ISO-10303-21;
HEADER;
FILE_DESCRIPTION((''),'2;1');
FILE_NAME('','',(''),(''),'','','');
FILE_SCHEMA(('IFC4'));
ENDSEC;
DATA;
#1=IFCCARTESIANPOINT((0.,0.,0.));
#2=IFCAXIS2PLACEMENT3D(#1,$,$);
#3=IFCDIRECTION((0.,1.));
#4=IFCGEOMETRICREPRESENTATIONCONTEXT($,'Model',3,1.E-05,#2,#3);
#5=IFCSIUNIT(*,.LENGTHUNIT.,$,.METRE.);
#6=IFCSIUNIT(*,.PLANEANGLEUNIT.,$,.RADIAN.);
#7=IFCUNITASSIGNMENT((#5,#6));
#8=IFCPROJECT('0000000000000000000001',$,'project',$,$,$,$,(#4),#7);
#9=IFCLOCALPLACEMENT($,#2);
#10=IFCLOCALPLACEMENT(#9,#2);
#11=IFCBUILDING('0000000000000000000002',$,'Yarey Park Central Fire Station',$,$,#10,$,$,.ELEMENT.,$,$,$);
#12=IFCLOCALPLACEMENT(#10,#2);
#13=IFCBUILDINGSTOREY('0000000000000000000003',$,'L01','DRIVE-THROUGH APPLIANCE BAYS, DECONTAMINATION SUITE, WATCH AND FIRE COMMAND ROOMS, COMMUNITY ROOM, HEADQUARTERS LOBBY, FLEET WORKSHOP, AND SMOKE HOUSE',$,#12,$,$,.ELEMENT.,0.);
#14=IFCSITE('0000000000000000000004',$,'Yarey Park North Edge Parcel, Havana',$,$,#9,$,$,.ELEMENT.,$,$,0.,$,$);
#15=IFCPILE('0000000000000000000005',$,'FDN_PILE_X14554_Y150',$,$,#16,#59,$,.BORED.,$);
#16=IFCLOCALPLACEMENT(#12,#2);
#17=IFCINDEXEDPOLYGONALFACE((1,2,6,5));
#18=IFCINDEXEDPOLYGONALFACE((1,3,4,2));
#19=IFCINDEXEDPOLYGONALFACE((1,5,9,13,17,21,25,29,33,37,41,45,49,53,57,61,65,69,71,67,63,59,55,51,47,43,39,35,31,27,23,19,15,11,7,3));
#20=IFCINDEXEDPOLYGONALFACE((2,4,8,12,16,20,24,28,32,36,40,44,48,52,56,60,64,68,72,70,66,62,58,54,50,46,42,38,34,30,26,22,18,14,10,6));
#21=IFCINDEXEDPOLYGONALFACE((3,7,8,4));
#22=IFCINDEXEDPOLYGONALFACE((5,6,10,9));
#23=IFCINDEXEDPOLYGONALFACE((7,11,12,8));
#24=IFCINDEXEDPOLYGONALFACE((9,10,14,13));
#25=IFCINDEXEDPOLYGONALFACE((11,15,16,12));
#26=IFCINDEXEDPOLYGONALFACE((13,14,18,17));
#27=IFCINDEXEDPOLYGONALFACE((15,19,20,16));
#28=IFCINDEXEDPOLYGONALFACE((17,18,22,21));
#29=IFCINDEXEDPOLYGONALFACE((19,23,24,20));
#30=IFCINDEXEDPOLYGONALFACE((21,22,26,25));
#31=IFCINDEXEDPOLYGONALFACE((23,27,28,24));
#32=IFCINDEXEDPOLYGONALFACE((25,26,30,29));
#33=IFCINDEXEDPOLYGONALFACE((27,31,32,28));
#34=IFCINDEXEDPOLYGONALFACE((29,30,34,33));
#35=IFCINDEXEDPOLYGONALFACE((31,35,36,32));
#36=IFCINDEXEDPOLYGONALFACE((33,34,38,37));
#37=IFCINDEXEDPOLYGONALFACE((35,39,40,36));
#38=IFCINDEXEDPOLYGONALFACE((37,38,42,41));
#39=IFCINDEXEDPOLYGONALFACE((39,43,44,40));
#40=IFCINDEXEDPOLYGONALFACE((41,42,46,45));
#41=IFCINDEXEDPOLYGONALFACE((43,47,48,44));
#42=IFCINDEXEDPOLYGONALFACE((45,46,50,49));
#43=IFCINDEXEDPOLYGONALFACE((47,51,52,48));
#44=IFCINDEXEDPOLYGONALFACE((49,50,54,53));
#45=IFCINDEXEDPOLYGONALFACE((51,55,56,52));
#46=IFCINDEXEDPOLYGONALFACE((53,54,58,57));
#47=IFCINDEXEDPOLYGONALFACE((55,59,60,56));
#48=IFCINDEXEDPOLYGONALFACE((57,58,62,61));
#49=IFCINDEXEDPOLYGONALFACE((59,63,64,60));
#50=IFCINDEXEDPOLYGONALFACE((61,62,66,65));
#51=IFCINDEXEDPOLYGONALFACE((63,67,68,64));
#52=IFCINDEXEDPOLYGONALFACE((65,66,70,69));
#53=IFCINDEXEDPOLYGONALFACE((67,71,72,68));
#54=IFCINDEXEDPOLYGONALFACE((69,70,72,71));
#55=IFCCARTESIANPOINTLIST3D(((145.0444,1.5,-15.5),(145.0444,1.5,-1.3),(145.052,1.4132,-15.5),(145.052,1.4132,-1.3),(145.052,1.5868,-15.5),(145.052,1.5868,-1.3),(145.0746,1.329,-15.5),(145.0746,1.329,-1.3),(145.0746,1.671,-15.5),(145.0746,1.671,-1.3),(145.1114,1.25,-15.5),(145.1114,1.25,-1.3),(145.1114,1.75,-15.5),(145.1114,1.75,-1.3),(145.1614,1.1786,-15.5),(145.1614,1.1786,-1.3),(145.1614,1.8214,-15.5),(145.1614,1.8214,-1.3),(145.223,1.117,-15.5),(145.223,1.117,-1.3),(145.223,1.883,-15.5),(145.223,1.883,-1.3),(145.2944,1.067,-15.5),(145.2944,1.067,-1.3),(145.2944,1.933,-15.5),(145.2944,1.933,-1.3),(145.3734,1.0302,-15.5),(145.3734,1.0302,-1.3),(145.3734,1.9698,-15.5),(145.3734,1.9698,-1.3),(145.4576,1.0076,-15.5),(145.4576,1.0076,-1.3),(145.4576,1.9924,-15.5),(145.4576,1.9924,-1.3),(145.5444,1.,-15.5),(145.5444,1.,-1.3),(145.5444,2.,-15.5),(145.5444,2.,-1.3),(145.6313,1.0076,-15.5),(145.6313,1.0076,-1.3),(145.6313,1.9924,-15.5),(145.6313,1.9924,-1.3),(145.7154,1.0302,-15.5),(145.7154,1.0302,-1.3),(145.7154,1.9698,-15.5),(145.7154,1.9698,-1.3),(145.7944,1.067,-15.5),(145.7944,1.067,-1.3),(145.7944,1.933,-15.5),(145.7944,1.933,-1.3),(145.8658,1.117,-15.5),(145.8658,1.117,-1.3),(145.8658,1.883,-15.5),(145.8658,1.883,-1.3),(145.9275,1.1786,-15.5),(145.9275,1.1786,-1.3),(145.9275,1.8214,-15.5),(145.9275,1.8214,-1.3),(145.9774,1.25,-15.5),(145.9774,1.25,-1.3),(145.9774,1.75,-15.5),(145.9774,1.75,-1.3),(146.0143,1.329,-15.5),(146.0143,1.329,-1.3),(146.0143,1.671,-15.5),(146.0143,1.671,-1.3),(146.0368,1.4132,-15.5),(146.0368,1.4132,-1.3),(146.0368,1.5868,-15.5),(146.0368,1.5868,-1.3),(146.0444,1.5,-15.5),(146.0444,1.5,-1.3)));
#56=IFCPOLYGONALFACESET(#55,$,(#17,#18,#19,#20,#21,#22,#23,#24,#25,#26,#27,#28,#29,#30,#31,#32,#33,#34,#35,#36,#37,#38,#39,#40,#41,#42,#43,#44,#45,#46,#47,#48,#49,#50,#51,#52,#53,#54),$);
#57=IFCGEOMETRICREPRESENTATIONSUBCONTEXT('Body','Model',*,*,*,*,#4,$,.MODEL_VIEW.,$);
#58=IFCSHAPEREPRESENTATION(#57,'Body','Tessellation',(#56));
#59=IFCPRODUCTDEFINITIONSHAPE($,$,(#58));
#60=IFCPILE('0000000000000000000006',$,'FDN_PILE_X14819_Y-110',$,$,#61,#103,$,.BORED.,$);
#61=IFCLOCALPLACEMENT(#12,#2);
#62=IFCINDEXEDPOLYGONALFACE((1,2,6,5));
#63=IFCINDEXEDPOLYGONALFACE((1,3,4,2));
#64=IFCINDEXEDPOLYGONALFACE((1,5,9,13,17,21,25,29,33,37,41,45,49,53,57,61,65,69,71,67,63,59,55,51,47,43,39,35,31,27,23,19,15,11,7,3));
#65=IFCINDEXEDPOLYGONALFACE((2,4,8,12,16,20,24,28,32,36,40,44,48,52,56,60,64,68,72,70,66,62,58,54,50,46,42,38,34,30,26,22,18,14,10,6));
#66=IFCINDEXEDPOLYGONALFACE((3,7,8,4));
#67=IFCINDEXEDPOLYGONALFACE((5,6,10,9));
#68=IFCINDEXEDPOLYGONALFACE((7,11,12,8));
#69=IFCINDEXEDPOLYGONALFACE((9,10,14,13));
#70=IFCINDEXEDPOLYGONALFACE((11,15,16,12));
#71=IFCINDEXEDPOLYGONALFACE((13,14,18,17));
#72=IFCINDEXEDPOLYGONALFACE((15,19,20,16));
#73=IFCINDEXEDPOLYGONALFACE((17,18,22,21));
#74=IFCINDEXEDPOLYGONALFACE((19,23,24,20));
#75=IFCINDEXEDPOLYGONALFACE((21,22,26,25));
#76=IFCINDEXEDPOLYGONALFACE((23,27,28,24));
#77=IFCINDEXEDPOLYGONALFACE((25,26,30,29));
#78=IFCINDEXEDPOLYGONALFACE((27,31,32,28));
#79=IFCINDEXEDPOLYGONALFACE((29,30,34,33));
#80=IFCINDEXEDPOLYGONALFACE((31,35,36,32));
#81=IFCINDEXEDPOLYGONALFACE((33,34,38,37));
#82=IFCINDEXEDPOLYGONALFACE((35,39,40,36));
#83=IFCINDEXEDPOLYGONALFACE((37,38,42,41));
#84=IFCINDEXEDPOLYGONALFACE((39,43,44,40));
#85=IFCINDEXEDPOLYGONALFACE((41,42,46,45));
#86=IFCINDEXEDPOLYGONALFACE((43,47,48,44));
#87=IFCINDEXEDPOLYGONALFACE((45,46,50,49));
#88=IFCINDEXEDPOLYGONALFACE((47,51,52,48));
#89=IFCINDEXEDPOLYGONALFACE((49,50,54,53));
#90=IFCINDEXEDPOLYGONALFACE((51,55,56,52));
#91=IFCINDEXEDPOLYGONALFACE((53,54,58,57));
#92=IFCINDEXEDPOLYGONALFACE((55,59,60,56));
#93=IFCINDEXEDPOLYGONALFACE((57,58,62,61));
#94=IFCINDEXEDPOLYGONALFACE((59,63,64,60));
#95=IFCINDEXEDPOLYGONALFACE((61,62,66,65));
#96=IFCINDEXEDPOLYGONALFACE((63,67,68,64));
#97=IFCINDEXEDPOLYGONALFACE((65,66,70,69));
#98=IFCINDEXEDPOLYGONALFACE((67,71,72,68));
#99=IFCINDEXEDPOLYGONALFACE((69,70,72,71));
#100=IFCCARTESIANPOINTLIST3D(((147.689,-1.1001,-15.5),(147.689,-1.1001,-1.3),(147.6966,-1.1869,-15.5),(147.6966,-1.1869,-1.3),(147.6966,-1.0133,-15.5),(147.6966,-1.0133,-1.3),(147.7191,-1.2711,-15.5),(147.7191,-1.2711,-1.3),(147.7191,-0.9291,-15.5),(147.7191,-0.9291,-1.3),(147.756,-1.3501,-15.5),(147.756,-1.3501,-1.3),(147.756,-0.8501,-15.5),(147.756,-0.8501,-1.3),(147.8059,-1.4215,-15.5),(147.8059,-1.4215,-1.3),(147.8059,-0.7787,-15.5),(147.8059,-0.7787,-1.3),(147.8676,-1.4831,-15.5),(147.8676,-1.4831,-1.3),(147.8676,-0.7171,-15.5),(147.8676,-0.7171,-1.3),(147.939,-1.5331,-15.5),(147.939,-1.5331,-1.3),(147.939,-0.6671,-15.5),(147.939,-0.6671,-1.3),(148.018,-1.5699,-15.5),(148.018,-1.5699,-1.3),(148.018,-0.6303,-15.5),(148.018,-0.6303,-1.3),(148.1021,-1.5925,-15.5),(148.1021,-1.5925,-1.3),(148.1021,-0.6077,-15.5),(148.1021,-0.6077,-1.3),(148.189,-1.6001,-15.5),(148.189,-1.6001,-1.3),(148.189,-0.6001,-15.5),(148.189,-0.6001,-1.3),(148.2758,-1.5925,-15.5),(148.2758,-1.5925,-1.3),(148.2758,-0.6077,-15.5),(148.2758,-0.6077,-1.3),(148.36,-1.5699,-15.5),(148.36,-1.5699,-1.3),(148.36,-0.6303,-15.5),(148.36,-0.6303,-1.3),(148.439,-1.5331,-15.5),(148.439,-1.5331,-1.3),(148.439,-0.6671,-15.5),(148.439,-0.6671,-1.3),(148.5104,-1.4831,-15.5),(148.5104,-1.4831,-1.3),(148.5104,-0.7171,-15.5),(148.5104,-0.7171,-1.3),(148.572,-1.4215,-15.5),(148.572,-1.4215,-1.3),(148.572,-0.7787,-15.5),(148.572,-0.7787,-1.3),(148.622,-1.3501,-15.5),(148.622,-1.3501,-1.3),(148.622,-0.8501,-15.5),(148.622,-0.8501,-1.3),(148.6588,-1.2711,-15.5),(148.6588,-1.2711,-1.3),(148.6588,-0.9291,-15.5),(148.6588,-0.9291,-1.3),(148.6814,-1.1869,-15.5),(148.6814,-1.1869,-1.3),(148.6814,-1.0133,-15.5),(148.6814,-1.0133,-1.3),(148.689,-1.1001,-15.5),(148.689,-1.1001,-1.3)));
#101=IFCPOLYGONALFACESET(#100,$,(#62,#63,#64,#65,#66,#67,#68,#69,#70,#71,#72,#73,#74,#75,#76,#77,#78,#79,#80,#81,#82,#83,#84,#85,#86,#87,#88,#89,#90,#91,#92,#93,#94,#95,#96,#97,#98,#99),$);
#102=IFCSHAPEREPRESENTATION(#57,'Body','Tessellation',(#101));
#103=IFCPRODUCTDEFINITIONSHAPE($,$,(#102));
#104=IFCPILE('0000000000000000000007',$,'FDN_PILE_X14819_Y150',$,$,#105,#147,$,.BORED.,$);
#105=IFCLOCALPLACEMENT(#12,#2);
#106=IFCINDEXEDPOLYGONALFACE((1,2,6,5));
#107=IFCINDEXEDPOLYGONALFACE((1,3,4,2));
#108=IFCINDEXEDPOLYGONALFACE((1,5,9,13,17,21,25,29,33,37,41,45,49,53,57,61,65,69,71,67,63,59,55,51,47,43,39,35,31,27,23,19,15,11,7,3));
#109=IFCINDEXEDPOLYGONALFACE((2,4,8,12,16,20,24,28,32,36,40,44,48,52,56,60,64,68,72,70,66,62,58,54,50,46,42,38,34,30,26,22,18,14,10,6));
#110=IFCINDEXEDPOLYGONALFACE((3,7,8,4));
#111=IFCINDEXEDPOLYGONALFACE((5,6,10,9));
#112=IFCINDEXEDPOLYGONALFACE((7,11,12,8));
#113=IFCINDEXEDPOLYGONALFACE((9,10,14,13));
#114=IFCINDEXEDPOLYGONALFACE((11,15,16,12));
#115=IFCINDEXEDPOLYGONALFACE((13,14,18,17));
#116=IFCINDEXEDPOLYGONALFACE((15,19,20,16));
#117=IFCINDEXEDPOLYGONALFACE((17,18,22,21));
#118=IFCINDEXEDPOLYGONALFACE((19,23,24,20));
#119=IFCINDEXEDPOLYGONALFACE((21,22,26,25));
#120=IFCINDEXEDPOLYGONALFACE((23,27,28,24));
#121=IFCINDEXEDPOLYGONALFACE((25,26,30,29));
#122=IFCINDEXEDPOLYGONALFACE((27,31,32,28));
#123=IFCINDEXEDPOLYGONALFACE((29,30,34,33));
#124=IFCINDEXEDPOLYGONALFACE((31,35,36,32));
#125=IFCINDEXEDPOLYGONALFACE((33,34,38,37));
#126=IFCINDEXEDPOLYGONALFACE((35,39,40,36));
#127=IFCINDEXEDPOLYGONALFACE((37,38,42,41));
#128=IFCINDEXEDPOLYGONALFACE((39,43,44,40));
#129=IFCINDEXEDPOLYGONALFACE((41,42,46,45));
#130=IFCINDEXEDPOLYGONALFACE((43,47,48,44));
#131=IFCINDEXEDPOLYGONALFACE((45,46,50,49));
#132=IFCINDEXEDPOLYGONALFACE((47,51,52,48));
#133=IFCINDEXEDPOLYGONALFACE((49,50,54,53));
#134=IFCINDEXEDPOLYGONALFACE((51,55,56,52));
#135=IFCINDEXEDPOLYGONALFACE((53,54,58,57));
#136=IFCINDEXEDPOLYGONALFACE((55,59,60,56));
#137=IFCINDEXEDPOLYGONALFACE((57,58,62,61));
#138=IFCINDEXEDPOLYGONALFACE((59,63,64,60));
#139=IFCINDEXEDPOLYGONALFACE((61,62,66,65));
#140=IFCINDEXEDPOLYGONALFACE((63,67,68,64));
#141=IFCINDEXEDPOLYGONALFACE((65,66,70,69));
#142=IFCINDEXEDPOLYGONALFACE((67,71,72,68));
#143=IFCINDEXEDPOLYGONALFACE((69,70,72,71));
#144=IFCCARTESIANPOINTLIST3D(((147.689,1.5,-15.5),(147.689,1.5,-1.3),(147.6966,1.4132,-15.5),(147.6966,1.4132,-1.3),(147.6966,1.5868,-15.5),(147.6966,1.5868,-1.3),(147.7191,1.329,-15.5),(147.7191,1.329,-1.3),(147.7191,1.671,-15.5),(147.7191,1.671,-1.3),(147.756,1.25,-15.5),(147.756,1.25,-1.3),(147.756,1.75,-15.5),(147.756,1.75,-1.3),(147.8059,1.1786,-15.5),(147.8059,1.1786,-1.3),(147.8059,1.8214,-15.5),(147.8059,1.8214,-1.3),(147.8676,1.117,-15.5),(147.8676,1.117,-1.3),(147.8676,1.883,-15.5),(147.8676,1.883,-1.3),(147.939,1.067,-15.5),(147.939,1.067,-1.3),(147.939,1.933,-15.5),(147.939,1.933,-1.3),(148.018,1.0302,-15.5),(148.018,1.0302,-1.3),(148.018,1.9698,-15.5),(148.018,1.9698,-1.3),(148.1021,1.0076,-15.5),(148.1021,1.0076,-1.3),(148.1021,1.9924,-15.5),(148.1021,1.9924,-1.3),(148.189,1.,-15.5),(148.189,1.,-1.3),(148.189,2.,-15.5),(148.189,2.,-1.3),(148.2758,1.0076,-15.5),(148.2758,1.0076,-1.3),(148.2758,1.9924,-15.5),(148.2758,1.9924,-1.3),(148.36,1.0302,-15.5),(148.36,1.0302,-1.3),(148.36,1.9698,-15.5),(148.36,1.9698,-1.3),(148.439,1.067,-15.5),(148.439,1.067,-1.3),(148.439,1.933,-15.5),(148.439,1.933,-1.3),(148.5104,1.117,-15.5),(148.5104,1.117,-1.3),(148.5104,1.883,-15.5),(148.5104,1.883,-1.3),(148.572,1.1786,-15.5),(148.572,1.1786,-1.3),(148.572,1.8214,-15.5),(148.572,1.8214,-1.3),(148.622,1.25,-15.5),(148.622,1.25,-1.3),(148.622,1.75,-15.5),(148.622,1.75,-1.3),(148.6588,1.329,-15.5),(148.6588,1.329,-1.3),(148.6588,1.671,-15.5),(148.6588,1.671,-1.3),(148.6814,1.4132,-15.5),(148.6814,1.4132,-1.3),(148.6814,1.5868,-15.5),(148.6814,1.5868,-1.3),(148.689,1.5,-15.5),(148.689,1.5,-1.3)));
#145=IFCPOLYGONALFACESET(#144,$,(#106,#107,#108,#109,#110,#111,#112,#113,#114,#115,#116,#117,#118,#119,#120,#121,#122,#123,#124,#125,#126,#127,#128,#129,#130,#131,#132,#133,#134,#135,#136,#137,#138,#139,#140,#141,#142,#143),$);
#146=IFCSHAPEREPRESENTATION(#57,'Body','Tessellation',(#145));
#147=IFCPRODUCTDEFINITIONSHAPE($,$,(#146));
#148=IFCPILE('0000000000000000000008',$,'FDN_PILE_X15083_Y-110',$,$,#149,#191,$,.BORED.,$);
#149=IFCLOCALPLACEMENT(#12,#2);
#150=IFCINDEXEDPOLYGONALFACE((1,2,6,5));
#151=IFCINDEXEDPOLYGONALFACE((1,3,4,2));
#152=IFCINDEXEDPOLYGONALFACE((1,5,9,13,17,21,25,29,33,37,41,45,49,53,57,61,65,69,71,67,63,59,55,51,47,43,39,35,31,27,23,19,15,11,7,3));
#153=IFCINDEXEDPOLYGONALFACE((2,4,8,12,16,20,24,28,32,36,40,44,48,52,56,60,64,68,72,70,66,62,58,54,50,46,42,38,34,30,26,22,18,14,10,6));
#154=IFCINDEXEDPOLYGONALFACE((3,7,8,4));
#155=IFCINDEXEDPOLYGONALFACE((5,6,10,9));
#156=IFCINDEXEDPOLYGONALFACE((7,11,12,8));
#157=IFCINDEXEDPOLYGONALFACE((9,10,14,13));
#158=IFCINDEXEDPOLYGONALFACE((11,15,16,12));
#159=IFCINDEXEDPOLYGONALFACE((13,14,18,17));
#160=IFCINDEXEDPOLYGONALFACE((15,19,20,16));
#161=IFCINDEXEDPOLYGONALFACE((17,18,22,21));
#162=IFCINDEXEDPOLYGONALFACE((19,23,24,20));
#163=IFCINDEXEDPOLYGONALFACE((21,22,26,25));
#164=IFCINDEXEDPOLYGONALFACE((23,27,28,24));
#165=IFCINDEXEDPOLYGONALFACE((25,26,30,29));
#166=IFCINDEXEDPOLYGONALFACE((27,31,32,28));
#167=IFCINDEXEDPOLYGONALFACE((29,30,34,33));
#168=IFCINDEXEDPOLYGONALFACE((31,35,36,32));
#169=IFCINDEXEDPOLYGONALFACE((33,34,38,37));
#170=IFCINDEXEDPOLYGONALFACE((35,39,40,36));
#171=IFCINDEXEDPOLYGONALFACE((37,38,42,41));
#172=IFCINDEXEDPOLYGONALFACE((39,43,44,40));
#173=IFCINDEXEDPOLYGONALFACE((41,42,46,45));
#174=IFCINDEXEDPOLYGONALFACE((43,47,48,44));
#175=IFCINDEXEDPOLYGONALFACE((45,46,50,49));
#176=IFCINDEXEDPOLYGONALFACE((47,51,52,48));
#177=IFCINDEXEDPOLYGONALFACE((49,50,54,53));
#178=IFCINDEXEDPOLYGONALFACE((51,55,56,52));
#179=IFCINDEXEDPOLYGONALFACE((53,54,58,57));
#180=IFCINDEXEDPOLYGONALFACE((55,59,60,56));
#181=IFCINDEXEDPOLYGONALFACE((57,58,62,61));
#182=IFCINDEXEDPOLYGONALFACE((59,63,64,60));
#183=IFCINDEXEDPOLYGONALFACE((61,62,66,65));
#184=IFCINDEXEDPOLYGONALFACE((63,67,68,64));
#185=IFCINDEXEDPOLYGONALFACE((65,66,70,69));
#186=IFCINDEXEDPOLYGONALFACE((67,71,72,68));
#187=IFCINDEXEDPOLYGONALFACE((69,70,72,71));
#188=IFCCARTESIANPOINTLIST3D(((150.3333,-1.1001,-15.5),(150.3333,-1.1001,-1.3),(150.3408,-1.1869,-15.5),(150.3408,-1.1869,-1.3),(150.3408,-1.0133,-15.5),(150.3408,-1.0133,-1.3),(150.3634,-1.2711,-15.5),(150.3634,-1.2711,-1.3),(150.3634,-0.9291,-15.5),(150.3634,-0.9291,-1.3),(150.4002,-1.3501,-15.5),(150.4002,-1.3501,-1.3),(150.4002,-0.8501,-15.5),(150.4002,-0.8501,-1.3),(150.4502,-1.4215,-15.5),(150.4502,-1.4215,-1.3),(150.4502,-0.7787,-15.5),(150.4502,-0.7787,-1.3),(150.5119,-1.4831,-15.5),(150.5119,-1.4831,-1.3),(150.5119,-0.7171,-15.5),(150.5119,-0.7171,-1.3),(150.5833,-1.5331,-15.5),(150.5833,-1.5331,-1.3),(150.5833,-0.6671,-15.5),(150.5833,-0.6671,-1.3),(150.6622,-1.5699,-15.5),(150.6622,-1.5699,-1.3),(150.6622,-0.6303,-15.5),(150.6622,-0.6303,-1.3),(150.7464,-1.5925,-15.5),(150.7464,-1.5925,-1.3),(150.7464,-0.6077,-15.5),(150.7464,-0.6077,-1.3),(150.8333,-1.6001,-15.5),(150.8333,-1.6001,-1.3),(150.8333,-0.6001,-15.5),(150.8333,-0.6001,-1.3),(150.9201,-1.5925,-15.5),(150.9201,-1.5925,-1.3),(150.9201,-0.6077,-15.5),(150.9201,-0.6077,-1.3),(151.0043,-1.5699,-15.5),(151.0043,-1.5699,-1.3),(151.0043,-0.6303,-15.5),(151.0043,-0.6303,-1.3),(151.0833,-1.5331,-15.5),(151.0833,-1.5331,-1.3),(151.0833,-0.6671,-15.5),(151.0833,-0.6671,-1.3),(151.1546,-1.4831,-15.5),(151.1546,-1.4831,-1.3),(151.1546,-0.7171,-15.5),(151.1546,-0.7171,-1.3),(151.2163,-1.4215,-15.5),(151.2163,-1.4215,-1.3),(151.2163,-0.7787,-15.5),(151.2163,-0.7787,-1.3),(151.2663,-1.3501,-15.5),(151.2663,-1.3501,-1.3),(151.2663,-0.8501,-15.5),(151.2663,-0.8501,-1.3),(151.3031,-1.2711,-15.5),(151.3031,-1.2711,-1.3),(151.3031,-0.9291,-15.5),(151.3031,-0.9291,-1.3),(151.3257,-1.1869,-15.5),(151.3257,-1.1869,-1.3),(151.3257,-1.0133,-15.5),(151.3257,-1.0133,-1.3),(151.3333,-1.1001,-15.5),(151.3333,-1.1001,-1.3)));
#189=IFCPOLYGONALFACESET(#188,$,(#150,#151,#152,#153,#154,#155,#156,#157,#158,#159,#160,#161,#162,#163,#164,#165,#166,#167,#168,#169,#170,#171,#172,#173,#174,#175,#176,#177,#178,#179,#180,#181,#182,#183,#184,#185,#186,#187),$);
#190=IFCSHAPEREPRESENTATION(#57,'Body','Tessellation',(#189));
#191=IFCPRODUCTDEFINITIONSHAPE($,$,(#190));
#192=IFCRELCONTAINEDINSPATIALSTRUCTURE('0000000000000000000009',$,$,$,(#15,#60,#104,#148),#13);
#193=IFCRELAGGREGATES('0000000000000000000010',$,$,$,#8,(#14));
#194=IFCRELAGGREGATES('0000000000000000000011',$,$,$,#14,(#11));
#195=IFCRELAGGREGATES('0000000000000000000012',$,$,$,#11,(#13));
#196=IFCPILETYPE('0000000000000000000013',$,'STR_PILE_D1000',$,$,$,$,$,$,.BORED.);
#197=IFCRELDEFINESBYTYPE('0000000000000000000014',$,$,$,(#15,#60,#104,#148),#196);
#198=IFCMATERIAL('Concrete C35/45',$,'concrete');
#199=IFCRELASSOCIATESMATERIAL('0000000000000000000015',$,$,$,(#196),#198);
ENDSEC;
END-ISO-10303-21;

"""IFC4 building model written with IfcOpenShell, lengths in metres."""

from ifc_helpers import new_model, si_unit, direction, frame, origin, origin_2d, place, context, subcontext, project, spatial, circle, extrude, material, material_profile, profile_set, type_object, element, save


model = new_model("IFC4")

# Units and contexts
model_context = context("Model", 3, precision=1e-05, world=origin(), true_north=direction((0.0, 1.0)))
body_context = subcontext(model_context, "Body", "Model", "MODEL_VIEW")
ifc_project = project(units=[si_unit("LENGTHUNIT", "METRE"), si_unit("PLANEANGLEUNIT", "RADIAN")], contexts=[model_context])

# Site, building, storey
site_placement = place(None, origin())
site = spatial("IfcSite", under=ifc_project, at=site_placement, Name="Yarey Park North Edge Parcel, Havana", CompositionType="ELEMENT", RefElevation=0.0)
building_placement = place(site_placement, origin())
building = spatial("IfcBuilding", under=site, at=building_placement, Name="Yarey Park Central Fire Station", CompositionType="ELEMENT")
storey_placement = place(building_placement, origin())
storey = spatial("IfcBuildingStorey", under=building, at=storey_placement, Name="L01", Description="DRIVE-THROUGH APPLIANCE BAYS, DECONTAMINATION SUITE, WATCH AND FIRE COMMAND ROOMS, COMMUNITY ROOM, HEADQUARTERS LOBBY, FLEET WORKSHOP, AND SMOKE HOUSE", CompositionType="ELEMENT", Elevation=0.0)

# Piles
ifc_material_1 = material(Name="Concrete C35/45", Category="concrete")
ifc_material_profile_1 = material_profile(ifc_material_1, circle(Radius=0.5, at=origin_2d()), Name="BORED PILE D1000")
ifc_profile_set_1 = profile_set([ifc_material_profile_1], Name="Concrete C35/45")
pile_type = type_object("IfcPileType", Name="STR_PILE_D1000", PredefinedType="BORED", material=ifc_profile_set_1)
for number, where, z_axis, x_axis, name in (
    (1, (145.5444, 1.5, -1.3), (0.0, 0.0, -1.0), (1.0, 0.0, 0.0), "FDN_PILE_X14554_Y150"),
    (2, (148.189, -1.1001, -1.3), (0.0, 0.0, -1.0), (1.0, 0.0, 0.0), "FDN_PILE_X14819_Y-110"),
    (3, (148.189, 1.5, -1.3), (0.0, 0.0, -1.0), (1.0, 0.0, 0.0), "FDN_PILE_X14819_Y150"),
    (4, (150.8333, -1.1001, -1.3), (0.0, 0.0, -1.0), (1.0, 0.0, 0.0), "FDN_PILE_X15083_Y-110"),
):
    element("IfcPile", number, at=place(storey_placement, frame(where, z_axis=z_axis, x_axis=x_axis)), inside=storey, type_object=pile_type, Name=name, PredefinedType="BORED", context=body_context, shape_type="SweptSolid", body=[
        extrude(circle(Radius=0.5, at=origin_2d()), origin(), (0.0, 0.0, 1.0), 14.2),
    ])

save(model, "model.ifc")
